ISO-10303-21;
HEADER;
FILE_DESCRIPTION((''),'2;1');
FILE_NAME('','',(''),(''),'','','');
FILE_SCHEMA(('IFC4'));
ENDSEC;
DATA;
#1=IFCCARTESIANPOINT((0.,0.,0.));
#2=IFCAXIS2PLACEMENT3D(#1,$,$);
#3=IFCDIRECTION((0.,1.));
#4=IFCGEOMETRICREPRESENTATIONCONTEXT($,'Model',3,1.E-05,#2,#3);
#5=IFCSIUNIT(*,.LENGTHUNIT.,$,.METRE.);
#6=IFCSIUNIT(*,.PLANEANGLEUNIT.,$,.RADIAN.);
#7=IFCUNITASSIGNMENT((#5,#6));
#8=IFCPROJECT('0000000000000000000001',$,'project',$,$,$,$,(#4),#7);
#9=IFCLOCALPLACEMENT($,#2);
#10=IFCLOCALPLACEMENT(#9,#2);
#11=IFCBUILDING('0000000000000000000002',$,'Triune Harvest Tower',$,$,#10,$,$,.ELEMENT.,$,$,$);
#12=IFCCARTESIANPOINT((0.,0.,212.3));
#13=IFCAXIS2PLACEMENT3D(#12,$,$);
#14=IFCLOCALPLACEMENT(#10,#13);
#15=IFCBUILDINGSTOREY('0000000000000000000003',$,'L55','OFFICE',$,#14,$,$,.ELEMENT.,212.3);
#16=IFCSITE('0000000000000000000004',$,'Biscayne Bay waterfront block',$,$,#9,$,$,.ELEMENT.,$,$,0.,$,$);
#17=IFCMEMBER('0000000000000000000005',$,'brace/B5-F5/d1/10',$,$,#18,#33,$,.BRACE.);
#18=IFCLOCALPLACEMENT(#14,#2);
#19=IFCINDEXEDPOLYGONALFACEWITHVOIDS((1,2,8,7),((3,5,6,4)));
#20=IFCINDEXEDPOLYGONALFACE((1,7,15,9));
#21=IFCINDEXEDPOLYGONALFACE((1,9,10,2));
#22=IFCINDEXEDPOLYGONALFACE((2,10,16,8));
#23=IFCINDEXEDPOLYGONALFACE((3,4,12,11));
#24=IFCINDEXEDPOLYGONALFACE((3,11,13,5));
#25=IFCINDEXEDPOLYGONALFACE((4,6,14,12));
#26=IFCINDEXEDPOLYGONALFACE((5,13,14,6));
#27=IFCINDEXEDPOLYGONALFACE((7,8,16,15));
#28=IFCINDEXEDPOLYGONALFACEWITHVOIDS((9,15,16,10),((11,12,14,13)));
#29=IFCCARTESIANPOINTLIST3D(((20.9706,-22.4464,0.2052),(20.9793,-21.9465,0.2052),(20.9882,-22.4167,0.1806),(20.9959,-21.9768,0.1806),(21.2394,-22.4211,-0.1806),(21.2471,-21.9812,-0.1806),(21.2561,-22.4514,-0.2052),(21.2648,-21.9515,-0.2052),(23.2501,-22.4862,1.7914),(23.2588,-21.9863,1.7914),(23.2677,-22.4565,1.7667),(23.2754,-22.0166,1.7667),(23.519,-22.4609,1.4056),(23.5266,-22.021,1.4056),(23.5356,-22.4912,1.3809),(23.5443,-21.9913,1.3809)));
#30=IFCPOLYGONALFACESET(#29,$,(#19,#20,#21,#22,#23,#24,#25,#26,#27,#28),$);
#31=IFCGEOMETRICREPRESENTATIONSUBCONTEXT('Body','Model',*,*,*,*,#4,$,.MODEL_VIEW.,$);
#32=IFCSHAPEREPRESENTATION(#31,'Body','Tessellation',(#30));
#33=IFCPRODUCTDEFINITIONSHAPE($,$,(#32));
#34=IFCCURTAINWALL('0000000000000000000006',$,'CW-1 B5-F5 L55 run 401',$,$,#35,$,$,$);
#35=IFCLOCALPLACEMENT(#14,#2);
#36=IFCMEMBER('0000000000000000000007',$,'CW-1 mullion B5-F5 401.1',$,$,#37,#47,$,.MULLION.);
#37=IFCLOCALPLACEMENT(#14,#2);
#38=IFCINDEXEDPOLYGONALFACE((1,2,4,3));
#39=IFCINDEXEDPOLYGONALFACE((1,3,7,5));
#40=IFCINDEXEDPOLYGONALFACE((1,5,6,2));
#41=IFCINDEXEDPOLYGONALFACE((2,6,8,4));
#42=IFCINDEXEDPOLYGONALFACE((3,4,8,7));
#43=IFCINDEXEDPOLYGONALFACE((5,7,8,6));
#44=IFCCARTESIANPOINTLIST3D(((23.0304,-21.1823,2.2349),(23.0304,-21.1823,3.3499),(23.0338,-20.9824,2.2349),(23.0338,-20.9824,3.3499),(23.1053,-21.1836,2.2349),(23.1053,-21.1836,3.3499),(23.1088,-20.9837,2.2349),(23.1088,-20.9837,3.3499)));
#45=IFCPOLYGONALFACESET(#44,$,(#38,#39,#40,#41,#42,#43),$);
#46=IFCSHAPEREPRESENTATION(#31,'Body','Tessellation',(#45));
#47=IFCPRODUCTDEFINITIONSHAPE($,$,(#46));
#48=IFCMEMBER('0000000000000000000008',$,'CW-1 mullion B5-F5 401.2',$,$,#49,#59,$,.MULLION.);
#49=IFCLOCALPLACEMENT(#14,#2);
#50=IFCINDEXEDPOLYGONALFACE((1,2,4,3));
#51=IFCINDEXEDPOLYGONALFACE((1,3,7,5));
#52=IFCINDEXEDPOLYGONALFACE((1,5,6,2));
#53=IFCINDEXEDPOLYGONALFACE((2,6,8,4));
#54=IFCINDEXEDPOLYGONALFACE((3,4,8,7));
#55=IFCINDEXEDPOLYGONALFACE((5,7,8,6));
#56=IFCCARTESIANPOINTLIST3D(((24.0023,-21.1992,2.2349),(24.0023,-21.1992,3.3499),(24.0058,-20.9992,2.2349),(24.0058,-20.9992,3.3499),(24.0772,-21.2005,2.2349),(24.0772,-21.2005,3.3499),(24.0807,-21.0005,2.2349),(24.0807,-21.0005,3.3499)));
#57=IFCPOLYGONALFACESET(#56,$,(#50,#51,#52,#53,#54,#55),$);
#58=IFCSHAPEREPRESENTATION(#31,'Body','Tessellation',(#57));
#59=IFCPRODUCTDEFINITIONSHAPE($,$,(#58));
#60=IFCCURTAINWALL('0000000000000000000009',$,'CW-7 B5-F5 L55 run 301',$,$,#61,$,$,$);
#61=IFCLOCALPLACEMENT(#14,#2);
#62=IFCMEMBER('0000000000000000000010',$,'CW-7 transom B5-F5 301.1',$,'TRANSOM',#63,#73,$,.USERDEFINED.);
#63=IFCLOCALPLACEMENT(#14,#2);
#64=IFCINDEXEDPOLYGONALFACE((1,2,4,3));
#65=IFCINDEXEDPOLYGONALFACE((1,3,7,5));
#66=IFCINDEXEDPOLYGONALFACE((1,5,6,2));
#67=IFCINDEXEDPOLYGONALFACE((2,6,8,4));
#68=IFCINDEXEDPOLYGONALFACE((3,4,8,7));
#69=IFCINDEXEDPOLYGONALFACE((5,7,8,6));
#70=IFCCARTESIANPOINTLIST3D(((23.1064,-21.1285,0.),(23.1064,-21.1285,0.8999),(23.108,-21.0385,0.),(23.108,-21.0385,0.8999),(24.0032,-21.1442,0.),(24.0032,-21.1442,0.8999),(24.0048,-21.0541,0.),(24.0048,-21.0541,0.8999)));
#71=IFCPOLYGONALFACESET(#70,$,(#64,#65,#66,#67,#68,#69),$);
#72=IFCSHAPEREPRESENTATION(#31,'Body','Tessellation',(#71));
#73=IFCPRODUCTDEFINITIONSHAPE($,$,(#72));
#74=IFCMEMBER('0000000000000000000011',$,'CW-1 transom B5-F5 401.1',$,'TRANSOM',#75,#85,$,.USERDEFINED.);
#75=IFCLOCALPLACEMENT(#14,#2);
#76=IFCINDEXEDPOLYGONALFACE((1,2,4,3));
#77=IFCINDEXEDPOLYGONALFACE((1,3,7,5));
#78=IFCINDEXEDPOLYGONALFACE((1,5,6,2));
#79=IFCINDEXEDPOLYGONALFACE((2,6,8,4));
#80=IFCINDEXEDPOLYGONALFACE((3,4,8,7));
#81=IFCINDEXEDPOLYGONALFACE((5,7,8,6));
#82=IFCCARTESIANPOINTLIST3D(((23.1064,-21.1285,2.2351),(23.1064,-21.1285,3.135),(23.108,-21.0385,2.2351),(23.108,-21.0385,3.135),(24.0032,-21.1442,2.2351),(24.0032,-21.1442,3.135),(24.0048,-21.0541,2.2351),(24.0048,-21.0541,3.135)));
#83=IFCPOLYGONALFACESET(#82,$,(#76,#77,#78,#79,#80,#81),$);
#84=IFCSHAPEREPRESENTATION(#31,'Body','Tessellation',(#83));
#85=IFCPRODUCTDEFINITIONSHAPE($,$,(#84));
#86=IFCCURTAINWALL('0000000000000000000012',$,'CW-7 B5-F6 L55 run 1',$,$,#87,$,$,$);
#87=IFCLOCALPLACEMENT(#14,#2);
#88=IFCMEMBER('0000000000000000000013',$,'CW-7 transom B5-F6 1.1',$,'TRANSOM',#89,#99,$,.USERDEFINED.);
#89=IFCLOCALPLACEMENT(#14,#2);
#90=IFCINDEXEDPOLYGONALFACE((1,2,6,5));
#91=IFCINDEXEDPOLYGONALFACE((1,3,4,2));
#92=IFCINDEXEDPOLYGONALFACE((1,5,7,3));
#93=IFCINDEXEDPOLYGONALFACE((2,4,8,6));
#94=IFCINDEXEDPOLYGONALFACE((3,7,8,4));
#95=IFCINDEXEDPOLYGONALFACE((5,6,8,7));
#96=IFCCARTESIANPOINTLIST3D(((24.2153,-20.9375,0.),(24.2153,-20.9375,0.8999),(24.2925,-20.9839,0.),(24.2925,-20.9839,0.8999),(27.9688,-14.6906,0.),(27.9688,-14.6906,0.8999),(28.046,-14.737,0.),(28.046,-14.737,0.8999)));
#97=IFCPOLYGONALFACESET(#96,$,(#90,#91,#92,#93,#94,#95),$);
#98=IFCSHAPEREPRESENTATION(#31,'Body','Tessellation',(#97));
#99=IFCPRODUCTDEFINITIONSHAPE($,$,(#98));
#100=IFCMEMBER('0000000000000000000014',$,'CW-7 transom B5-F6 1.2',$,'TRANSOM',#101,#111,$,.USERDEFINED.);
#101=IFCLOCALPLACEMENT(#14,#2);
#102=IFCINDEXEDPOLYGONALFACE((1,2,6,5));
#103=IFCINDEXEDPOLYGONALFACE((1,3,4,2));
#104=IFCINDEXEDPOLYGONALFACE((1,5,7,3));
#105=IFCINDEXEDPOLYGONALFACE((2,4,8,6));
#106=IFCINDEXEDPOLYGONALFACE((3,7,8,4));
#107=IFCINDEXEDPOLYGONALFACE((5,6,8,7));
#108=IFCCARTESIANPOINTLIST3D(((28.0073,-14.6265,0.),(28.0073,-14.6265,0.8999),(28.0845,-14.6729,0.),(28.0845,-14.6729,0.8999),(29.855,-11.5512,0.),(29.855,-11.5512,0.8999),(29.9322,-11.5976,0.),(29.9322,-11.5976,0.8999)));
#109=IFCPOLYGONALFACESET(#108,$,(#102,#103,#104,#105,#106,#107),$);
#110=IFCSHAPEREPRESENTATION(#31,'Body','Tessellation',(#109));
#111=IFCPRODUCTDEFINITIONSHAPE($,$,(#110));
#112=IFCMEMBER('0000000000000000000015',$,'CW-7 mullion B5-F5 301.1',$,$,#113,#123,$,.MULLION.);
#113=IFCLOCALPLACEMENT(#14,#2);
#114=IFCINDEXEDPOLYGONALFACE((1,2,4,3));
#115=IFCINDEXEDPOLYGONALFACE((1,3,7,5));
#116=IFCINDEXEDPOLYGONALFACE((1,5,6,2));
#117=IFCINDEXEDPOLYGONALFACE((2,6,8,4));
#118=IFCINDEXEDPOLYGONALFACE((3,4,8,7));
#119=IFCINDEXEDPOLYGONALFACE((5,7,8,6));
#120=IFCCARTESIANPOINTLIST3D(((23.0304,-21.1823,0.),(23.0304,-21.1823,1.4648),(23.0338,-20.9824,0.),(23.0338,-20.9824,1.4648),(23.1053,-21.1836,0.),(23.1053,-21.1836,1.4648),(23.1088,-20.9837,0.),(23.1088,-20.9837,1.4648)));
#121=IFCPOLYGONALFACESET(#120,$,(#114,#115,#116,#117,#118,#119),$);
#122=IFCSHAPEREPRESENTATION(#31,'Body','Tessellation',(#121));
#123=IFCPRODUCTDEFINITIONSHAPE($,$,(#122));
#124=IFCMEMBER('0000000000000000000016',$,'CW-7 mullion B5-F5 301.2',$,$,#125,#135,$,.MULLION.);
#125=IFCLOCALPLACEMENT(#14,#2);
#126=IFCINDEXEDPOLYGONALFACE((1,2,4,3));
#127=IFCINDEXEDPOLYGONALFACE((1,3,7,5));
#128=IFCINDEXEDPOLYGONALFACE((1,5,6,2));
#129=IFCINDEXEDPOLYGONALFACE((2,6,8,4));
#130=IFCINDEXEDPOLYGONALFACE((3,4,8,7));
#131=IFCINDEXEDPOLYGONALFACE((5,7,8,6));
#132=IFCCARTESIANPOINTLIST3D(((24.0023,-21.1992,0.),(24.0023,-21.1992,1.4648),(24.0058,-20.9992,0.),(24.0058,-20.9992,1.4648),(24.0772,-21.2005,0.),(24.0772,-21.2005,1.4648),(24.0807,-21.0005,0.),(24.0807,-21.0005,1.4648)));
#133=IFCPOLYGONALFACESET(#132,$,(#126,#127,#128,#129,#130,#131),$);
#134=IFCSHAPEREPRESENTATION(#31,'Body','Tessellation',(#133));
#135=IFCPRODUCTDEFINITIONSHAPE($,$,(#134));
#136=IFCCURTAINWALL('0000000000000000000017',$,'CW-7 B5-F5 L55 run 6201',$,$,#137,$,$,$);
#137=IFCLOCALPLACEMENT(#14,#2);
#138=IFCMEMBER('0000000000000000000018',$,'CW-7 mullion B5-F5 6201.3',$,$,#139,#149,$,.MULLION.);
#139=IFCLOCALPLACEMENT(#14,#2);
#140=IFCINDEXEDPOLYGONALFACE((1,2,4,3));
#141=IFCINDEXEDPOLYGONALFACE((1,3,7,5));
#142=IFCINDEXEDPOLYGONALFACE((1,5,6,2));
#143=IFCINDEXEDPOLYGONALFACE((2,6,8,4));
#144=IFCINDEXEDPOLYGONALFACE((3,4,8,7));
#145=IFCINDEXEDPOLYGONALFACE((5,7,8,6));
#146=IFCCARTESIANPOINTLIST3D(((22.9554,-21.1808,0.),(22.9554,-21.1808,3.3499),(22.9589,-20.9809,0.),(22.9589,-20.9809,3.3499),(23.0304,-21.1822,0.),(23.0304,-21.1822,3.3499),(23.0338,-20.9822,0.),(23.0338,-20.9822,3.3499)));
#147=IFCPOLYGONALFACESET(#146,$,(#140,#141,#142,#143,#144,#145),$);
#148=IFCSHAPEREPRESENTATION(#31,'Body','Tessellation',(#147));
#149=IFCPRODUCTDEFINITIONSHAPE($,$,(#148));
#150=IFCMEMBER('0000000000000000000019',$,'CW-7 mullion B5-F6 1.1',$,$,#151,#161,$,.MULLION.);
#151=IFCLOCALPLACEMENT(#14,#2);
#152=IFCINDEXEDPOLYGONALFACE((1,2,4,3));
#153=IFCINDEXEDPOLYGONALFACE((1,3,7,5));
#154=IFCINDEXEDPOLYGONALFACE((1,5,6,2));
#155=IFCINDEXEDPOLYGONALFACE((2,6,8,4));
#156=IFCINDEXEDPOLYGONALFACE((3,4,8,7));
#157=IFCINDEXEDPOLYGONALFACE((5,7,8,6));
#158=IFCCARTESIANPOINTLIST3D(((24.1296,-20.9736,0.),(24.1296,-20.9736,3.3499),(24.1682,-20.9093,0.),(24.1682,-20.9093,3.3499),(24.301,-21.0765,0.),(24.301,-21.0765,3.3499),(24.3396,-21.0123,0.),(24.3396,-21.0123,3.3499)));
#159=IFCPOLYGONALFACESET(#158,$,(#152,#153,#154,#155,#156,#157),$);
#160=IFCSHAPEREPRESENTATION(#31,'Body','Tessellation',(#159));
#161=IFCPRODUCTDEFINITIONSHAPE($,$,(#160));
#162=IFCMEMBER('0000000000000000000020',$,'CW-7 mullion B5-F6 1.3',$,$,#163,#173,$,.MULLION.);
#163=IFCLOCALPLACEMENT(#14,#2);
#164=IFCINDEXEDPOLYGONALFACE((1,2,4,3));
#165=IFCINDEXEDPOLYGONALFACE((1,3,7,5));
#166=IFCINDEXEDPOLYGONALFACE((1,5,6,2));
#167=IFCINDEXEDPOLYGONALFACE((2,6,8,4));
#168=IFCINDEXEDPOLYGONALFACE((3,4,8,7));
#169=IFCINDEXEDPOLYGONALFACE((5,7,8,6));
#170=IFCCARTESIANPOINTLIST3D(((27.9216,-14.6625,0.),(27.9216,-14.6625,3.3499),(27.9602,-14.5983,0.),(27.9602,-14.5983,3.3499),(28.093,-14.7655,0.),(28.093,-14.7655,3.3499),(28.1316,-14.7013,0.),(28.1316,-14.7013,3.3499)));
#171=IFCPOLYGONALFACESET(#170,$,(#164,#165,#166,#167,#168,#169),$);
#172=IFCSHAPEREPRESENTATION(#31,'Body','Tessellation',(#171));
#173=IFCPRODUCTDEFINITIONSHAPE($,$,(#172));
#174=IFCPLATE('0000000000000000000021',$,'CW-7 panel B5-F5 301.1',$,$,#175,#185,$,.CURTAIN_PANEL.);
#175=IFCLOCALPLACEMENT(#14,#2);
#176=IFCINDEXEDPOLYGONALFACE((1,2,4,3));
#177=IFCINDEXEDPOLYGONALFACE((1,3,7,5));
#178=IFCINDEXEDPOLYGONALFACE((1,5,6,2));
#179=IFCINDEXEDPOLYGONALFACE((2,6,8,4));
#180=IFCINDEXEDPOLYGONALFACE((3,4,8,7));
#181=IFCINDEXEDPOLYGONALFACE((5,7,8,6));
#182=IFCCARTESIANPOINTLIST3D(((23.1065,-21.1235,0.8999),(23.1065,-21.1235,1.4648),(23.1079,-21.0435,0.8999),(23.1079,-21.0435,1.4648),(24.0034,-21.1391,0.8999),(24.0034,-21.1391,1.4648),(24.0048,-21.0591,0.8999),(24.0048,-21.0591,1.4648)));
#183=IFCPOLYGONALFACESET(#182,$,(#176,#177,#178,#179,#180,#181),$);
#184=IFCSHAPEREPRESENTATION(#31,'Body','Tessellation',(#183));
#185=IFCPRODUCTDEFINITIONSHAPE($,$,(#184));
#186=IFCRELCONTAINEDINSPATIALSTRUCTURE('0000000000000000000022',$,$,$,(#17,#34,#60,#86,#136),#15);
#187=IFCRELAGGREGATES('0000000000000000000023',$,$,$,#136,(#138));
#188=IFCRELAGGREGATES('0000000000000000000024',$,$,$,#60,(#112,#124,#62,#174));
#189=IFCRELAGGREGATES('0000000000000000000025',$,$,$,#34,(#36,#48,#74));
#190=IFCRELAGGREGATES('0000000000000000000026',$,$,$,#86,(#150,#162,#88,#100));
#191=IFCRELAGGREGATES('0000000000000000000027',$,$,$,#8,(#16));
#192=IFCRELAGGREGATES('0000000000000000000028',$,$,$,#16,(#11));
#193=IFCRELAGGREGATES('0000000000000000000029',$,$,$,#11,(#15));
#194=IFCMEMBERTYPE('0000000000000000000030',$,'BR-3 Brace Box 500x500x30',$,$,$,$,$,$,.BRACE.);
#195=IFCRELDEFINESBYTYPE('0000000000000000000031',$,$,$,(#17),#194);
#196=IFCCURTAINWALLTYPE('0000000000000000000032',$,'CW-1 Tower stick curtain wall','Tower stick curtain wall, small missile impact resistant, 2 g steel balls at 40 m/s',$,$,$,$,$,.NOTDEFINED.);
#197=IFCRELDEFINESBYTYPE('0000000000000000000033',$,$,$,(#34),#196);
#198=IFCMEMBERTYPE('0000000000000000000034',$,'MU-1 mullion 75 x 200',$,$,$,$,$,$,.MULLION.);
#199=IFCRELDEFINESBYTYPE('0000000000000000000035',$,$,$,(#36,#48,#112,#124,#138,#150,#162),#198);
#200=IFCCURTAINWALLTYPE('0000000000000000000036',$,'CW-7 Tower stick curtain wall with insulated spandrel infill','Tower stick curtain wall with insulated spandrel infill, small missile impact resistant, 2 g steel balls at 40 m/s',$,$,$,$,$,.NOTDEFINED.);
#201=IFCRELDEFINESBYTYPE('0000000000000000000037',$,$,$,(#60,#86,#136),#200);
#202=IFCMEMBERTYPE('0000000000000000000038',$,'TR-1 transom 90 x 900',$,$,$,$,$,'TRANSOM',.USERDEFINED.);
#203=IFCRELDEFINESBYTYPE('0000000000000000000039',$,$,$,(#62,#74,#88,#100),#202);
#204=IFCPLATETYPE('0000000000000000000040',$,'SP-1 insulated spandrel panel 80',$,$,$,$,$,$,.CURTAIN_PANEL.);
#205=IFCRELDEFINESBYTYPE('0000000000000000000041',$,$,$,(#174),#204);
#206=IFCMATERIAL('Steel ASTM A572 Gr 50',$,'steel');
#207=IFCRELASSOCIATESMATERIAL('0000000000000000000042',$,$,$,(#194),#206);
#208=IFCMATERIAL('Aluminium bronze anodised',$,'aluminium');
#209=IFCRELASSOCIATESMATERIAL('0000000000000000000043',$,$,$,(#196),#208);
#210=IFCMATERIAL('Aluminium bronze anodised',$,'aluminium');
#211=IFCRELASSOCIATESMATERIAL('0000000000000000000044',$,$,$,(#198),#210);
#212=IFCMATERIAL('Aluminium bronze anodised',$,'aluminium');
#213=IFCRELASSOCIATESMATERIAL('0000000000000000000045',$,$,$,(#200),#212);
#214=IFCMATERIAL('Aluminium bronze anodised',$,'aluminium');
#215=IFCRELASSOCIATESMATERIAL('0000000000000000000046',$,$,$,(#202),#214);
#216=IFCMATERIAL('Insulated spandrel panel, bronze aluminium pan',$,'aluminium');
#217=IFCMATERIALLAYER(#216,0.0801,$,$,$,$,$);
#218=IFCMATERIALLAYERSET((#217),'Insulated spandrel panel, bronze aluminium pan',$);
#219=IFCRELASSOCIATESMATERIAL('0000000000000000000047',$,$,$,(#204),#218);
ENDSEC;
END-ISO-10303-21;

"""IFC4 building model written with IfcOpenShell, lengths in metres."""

from ifc_helpers import new_model, si_unit, direction, frame, origin, origin_2d, place, context, subcontext, project, spatial, rectangle, hollow_rectangle, extrude, source, transform, mapped, material, layer, layer_set, material_profile, profile_set, type_object, element, aggregate, save


model = new_model("IFC4")

# Units and contexts
model_context = context("Model", 3, precision=1e-05, world=origin(), true_north=direction((0.0, 1.0)))
body_context = subcontext(model_context, "Body", "Model", "MODEL_VIEW")
ifc_project = project(units=[si_unit("LENGTHUNIT", "METRE"), si_unit("PLANEANGLEUNIT", "RADIAN")], contexts=[model_context])

# Site, building, storey
site_placement = place(None, origin())
site = spatial("IfcSite", under=ifc_project, at=site_placement, Name="Biscayne Bay waterfront block", CompositionType="ELEMENT", RefElevation=0.0)
building_placement = place(site_placement, origin())
building = spatial("IfcBuilding", under=site, at=building_placement, Name="Triune Harvest Tower", CompositionType="ELEMENT")
storey_placement = place(building_placement, frame((0.0, 0.0, 212.3)))
storey = spatial("IfcBuildingStorey", under=building, at=storey_placement, Name="L55", Description="OFFICE", CompositionType="ELEMENT", Elevation=212.3)

# Member
ifc_material_1 = material(Name="Steel ASTM A572 Gr 50", Category="steel")
ifc_material_profile_1 = material_profile(ifc_material_1, hollow_rectangle(XDim=0.5, YDim=0.5, WallThickness=0.03, at=origin_2d()), Name="Box 500x500x30")
ifc_profile_set_1 = profile_set([ifc_material_profile_1], Name="Steel ASTM A572 Gr 50")
member_type_1 = type_object("IfcMemberType", Name="BR-3 Brace Box 500x500x30", PredefinedType="BRACE", material=ifc_profile_set_1)
shared_shape_1 = source(origin(), body_context, "Body", "SweptSolid", [
    extrude(hollow_rectangle(XDim=0.5, YDim=0.5, WallThickness=0.03, at=origin_2d()), origin(), (0.0, 0.0, 1.0), 2.7773),
])
member_1_placement = place(storey_placement, frame((21.1177, -22.199, 0.0), z_axis=(0.820751, -0.014328, 0.571106), x_axis=(0.017455, 0.999848, 0.0)))
element("IfcMember", 1, at=member_1_placement, inside=storey, type_object=member_type_1, Name="brace/B5-F5/d1/10", PredefinedType="BRACE", context=body_context, shape_type="MappedRepresentation", body=[
    mapped(shared_shape_1, transform((0.0, 0.0, 0.0), scale=1.0)),
])

# Curtain wall, members
ifc_material_2 = material(Name="Aluminium bronze anodised", Category="aluminium")
curtain_wall_type_1 = type_object("IfcCurtainWallType", Name="CW-1 Tower stick curtain wall", Description="Tower stick curtain wall, small missile impact resistant, 2 g steel balls at 40 m/s", PredefinedType="NOTDEFINED", material=ifc_material_2)
curtain_wall_1_placement = place(storey_placement, origin())
curtain_wall_1 = element("IfcCurtainWall", 2, at=curtain_wall_1_placement, inside=storey, type_object=curtain_wall_type_1, Name="CW-1 B5-F5 L55 run 401")
ifc_material_3 = material(Name="Aluminium bronze anodised", Category="aluminium")
ifc_material_profile_2 = material_profile(ifc_material_3, rectangle(XDim=0.2, YDim=0.075, at=origin_2d()), Name="MU-1 mullion 75 x 200")
ifc_profile_set_2 = profile_set([ifc_material_profile_2], Name="Aluminium bronze anodised")
member_type_2 = type_object("IfcMemberType", Name="MU-1 mullion 75 x 200", PredefinedType="MULLION", material=ifc_profile_set_2)
shared_shape_2 = source(origin(), body_context, "Body", "SweptSolid", [
    extrude(rectangle(XDim=0.2, YDim=0.075, at=origin_2d()), origin(), (0.0, 0.0, 1.0), 1.115),
])
member_2_placement = place(storey_placement, frame((23.0696, -21.083, 2.2349), z_axis=(0.0, 0.0, 1.0), x_axis=(0.017385, 0.999849, 0.0)))
member_2 = element("IfcMember", 3, at=member_2_placement, type_object=member_type_2, Name="CW-1 mullion B5-F5 401.1", PredefinedType="MULLION", context=body_context, shape_type="MappedRepresentation", body=[
    mapped(shared_shape_2, transform((0.0, 0.0, 0.0), scale=1.0)),
])
member_3_placement = place(storey_placement, frame((24.0415, -21.0999, 2.2349), z_axis=(0.0, 0.0, 1.0), x_axis=(0.017385, 0.999849, 0.0)))
member_3 = element("IfcMember", 4, at=member_3_placement, type_object=member_type_2, Name="CW-1 mullion B5-F5 401.2", PredefinedType="MULLION", context=body_context, shape_type="MappedRepresentation", body=[
    mapped(shared_shape_2, transform((0.0, 0.0, 0.0), scale=1.0)),
])

# Curtain wall, member
ifc_material_4 = material(Name="Aluminium bronze anodised", Category="aluminium")
curtain_wall_type_2 = type_object("IfcCurtainWallType", Name="CW-7 Tower stick curtain wall with insulated spandrel infill", Description="Tower stick curtain wall with insulated spandrel infill, small missile impact resistant, 2 g steel balls at 40 m/s", PredefinedType="NOTDEFINED", material=ifc_material_4)
curtain_wall_2_placement = place(storey_placement, origin())
curtain_wall_2 = element("IfcCurtainWall", 5, at=curtain_wall_2_placement, inside=storey, type_object=curtain_wall_type_2, Name="CW-7 B5-F5 L55 run 301")
ifc_material_5 = material(Name="Aluminium bronze anodised", Category="aluminium")
ifc_material_profile_3 = material_profile(ifc_material_5, rectangle(XDim=0.0901, YDim=0.8999, at=origin_2d()), Name="TR-1 transom 90 x 900")
ifc_profile_set_3 = profile_set([ifc_material_profile_3], Name="Aluminium bronze anodised")
member_type_3 = type_object("IfcMemberType", Name="TR-1 transom 90 x 900", ElementType="TRANSOM", PredefinedType="USERDEFINED", material=ifc_profile_set_3)
shared_shape_3 = source(origin(), body_context, "Body", "SweptSolid", [
    extrude(rectangle(XDim=0.0901, YDim=0.8999, at=origin_2d()), origin(), (0.0, 0.0, 1.0), 0.897),
])
member_4_placement = place(storey_placement, frame((23.1072, -21.0835, 0.45), z_axis=(0.999848, -0.017422, 0.0), x_axis=(0.017422, 0.999848, 0.0)))
member_4 = element("IfcMember", 6, at=member_4_placement, type_object=member_type_3, Name="CW-7 transom B5-F5 301.1", ObjectType="TRANSOM", PredefinedType="USERDEFINED", context=body_context, shape_type="MappedRepresentation", body=[
    mapped(shared_shape_3, transform((0.0, 0.0, 0.0), scale=1.0)),
])

# Member
member_5_placement = place(storey_placement, frame((23.1072, -21.0835, 2.6851), z_axis=(0.999848, -0.017422, 0.0), x_axis=(0.017422, 0.999848, 0.0)))
member_5 = element("IfcMember", 7, at=member_5_placement, type_object=member_type_3, Name="CW-1 transom B5-F5 401.1", ObjectType="TRANSOM", PredefinedType="USERDEFINED", context=body_context, shape_type="MappedRepresentation", body=[
    mapped(shared_shape_3, transform((0.0, 0.0, 0.0), scale=1.0)),
])

# Curtain wall, members
curtain_wall_3_placement = place(storey_placement, origin())
curtain_wall_3 = element("IfcCurtainWall", 8, at=curtain_wall_3_placement, inside=storey, type_object=curtain_wall_type_2, Name="CW-7 B5-F6 L55 run 1")
shared_shape_4 = source(origin(), body_context, "Body", "SweptSolid", [
    extrude(rectangle(XDim=0.0901, YDim=0.8999, at=origin_2d()), origin(), (0.0, 0.0, 1.0), 7.2878),
])
member_6_placement = place(storey_placement, frame((24.2539, -20.9607, 0.45), z_axis=(0.515033, 0.857171, 0.0), x_axis=(-0.857171, 0.515033, 0.0)))
member_6 = element("IfcMember", 9, at=member_6_placement, type_object=member_type_3, Name="CW-7 transom B5-F6 1.1", ObjectType="TRANSOM", PredefinedType="USERDEFINED", context=body_context, shape_type="MappedRepresentation", body=[
    mapped(shared_shape_4, transform((0.0, 0.0, 0.0), scale=1.0)),
])
shared_shape_5 = source(origin(), body_context, "Body", "SweptSolid", [
    extrude(rectangle(XDim=0.0901, YDim=0.8999, at=origin_2d()), origin(), (0.0, 0.0, 1.0), 3.5876),
])
member_7_placement = place(storey_placement, frame((28.0459, -14.6497, 0.45), z_axis=(0.515016, 0.857181, 0.0), x_axis=(-0.857181, 0.515016, 0.0)))
member_7 = element("IfcMember", 10, at=member_7_placement, type_object=member_type_3, Name="CW-7 transom B5-F6 1.2", ObjectType="TRANSOM", PredefinedType="USERDEFINED", context=body_context, shape_type="MappedRepresentation", body=[
    mapped(shared_shape_5, transform((0.0, 0.0, 0.0), scale=1.0)),
])

# Members
shared_shape_6 = source(origin(), body_context, "Body", "SweptSolid", [
    extrude(rectangle(XDim=0.2, YDim=0.075, at=origin_2d()), origin(), (0.0, 0.0, 1.0), 1.4648),
])
member_8_placement = place(storey_placement, frame((23.0696, -21.083, 0.0), z_axis=(0.0, 0.0, 1.0), x_axis=(0.017385, 0.999849, 0.0)))
member_8 = element("IfcMember", 11, at=member_8_placement, type_object=member_type_2, Name="CW-7 mullion B5-F5 301.1", PredefinedType="MULLION", context=body_context, shape_type="MappedRepresentation", body=[
    mapped(shared_shape_6, transform((0.0, 0.0, 0.0), scale=1.0)),
])
member_9_placement = place(storey_placement, frame((24.0415, -21.0999, 0.0), z_axis=(0.0, 0.0, 1.0), x_axis=(0.017385, 0.999849, 0.0)))
member_9 = element("IfcMember", 12, at=member_9_placement, type_object=member_type_2, Name="CW-7 mullion B5-F5 301.2", PredefinedType="MULLION", context=body_context, shape_type="MappedRepresentation", body=[
    mapped(shared_shape_6, transform((0.0, 0.0, 0.0), scale=1.0)),
])

# Curtain wall, member
curtain_wall_4_placement = place(storey_placement, origin())
curtain_wall_4 = element("IfcCurtainWall", 13, at=curtain_wall_4_placement, inside=storey, type_object=curtain_wall_type_2, Name="CW-7 B5-F5 L55 run 6201")
shared_shape_7 = source(origin(), body_context, "Body", "SweptSolid", [
    extrude(rectangle(XDim=0.2, YDim=0.075, at=origin_2d()), origin(), (0.0, 0.0, 1.0), 3.3499),
])
member_10_placement = place(storey_placement, frame((22.9946, -21.0815, 0.0), z_axis=(0.0, 0.0, 1.0), x_axis=(0.017454, 0.999848, 0.0)))
member_10 = element("IfcMember", 14, at=member_10_placement, type_object=member_type_2, Name="CW-7 mullion B5-F5 6201.3", PredefinedType="MULLION", context=body_context, shape_type="MappedRepresentation", body=[
    mapped(shared_shape_7, transform((0.0, 0.0, 0.0), scale=1.0)),
])
aggregate(curtain_wall_4, [member_10])

# Members
member_11_placement = place(storey_placement, frame((24.2346, -20.9929, 0.0), z_axis=(0.0, 0.0, 1.0), x_axis=(-0.857168, 0.515037, 0.0)))
member_11 = element("IfcMember", 15, at=member_11_placement, type_object=member_type_2, Name="CW-7 mullion B5-F6 1.1", PredefinedType="MULLION", context=body_context, shape_type="MappedRepresentation", body=[
    mapped(shared_shape_7, transform((0.0, 0.0, 0.0), scale=1.0)),
])
member_12_placement = place(storey_placement, frame((28.0266, -14.6819, 0.0), z_axis=(0.0, 0.0, 1.0), x_axis=(-0.857168, 0.515037, 0.0)))
member_12 = element("IfcMember", 16, at=member_12_placement, type_object=member_type_2, Name="CW-7 mullion B5-F6 1.3", PredefinedType="MULLION", context=body_context, shape_type="MappedRepresentation", body=[
    mapped(shared_shape_7, transform((0.0, 0.0, 0.0), scale=1.0)),
])

# Plate
ifc_material_6 = material(Name="Insulated spandrel panel, bronze aluminium pan", Category="aluminium")
ifc_layer_1 = layer(ifc_material_6, 0.0801)
ifc_layer_set_1 = layer_set([ifc_layer_1], Name="Insulated spandrel panel, bronze aluminium pan")
plate_type_1 = type_object("IfcPlateType", Name="SP-1 insulated spandrel panel 80", PredefinedType="CURTAIN_PANEL", material=ifc_layer_set_1)
shared_shape_8 = source(origin(), body_context, "Body", "SweptSolid", [
    extrude(rectangle(XDim=0.897, YDim=0.0801, at=origin_2d()), origin(), (0.0, 0.0, 1.0), 0.5649),
])
plate_1_placement = place(storey_placement, frame((23.5557, -21.0913, 0.8999), z_axis=(0.0, 0.0, 1.0), x_axis=(0.999849, -0.017385, 0.0)))
plate_1 = element("IfcPlate", 17, at=plate_1_placement, type_object=plate_type_1, Name="CW-7 panel B5-F5 301.1", PredefinedType="CURTAIN_PANEL", context=body_context, shape_type="MappedRepresentation", body=[
    mapped(shared_shape_8, transform((0.0, 0.0, 0.0), scale=1.0)),
])
aggregate(curtain_wall_2, [member_8, member_9, member_4, plate_1])
aggregate(curtain_wall_1, [member_2, member_3, member_5])
aggregate(curtain_wall_3, [member_11, member_12, member_6, member_7])

save(model, "model.ifc")
